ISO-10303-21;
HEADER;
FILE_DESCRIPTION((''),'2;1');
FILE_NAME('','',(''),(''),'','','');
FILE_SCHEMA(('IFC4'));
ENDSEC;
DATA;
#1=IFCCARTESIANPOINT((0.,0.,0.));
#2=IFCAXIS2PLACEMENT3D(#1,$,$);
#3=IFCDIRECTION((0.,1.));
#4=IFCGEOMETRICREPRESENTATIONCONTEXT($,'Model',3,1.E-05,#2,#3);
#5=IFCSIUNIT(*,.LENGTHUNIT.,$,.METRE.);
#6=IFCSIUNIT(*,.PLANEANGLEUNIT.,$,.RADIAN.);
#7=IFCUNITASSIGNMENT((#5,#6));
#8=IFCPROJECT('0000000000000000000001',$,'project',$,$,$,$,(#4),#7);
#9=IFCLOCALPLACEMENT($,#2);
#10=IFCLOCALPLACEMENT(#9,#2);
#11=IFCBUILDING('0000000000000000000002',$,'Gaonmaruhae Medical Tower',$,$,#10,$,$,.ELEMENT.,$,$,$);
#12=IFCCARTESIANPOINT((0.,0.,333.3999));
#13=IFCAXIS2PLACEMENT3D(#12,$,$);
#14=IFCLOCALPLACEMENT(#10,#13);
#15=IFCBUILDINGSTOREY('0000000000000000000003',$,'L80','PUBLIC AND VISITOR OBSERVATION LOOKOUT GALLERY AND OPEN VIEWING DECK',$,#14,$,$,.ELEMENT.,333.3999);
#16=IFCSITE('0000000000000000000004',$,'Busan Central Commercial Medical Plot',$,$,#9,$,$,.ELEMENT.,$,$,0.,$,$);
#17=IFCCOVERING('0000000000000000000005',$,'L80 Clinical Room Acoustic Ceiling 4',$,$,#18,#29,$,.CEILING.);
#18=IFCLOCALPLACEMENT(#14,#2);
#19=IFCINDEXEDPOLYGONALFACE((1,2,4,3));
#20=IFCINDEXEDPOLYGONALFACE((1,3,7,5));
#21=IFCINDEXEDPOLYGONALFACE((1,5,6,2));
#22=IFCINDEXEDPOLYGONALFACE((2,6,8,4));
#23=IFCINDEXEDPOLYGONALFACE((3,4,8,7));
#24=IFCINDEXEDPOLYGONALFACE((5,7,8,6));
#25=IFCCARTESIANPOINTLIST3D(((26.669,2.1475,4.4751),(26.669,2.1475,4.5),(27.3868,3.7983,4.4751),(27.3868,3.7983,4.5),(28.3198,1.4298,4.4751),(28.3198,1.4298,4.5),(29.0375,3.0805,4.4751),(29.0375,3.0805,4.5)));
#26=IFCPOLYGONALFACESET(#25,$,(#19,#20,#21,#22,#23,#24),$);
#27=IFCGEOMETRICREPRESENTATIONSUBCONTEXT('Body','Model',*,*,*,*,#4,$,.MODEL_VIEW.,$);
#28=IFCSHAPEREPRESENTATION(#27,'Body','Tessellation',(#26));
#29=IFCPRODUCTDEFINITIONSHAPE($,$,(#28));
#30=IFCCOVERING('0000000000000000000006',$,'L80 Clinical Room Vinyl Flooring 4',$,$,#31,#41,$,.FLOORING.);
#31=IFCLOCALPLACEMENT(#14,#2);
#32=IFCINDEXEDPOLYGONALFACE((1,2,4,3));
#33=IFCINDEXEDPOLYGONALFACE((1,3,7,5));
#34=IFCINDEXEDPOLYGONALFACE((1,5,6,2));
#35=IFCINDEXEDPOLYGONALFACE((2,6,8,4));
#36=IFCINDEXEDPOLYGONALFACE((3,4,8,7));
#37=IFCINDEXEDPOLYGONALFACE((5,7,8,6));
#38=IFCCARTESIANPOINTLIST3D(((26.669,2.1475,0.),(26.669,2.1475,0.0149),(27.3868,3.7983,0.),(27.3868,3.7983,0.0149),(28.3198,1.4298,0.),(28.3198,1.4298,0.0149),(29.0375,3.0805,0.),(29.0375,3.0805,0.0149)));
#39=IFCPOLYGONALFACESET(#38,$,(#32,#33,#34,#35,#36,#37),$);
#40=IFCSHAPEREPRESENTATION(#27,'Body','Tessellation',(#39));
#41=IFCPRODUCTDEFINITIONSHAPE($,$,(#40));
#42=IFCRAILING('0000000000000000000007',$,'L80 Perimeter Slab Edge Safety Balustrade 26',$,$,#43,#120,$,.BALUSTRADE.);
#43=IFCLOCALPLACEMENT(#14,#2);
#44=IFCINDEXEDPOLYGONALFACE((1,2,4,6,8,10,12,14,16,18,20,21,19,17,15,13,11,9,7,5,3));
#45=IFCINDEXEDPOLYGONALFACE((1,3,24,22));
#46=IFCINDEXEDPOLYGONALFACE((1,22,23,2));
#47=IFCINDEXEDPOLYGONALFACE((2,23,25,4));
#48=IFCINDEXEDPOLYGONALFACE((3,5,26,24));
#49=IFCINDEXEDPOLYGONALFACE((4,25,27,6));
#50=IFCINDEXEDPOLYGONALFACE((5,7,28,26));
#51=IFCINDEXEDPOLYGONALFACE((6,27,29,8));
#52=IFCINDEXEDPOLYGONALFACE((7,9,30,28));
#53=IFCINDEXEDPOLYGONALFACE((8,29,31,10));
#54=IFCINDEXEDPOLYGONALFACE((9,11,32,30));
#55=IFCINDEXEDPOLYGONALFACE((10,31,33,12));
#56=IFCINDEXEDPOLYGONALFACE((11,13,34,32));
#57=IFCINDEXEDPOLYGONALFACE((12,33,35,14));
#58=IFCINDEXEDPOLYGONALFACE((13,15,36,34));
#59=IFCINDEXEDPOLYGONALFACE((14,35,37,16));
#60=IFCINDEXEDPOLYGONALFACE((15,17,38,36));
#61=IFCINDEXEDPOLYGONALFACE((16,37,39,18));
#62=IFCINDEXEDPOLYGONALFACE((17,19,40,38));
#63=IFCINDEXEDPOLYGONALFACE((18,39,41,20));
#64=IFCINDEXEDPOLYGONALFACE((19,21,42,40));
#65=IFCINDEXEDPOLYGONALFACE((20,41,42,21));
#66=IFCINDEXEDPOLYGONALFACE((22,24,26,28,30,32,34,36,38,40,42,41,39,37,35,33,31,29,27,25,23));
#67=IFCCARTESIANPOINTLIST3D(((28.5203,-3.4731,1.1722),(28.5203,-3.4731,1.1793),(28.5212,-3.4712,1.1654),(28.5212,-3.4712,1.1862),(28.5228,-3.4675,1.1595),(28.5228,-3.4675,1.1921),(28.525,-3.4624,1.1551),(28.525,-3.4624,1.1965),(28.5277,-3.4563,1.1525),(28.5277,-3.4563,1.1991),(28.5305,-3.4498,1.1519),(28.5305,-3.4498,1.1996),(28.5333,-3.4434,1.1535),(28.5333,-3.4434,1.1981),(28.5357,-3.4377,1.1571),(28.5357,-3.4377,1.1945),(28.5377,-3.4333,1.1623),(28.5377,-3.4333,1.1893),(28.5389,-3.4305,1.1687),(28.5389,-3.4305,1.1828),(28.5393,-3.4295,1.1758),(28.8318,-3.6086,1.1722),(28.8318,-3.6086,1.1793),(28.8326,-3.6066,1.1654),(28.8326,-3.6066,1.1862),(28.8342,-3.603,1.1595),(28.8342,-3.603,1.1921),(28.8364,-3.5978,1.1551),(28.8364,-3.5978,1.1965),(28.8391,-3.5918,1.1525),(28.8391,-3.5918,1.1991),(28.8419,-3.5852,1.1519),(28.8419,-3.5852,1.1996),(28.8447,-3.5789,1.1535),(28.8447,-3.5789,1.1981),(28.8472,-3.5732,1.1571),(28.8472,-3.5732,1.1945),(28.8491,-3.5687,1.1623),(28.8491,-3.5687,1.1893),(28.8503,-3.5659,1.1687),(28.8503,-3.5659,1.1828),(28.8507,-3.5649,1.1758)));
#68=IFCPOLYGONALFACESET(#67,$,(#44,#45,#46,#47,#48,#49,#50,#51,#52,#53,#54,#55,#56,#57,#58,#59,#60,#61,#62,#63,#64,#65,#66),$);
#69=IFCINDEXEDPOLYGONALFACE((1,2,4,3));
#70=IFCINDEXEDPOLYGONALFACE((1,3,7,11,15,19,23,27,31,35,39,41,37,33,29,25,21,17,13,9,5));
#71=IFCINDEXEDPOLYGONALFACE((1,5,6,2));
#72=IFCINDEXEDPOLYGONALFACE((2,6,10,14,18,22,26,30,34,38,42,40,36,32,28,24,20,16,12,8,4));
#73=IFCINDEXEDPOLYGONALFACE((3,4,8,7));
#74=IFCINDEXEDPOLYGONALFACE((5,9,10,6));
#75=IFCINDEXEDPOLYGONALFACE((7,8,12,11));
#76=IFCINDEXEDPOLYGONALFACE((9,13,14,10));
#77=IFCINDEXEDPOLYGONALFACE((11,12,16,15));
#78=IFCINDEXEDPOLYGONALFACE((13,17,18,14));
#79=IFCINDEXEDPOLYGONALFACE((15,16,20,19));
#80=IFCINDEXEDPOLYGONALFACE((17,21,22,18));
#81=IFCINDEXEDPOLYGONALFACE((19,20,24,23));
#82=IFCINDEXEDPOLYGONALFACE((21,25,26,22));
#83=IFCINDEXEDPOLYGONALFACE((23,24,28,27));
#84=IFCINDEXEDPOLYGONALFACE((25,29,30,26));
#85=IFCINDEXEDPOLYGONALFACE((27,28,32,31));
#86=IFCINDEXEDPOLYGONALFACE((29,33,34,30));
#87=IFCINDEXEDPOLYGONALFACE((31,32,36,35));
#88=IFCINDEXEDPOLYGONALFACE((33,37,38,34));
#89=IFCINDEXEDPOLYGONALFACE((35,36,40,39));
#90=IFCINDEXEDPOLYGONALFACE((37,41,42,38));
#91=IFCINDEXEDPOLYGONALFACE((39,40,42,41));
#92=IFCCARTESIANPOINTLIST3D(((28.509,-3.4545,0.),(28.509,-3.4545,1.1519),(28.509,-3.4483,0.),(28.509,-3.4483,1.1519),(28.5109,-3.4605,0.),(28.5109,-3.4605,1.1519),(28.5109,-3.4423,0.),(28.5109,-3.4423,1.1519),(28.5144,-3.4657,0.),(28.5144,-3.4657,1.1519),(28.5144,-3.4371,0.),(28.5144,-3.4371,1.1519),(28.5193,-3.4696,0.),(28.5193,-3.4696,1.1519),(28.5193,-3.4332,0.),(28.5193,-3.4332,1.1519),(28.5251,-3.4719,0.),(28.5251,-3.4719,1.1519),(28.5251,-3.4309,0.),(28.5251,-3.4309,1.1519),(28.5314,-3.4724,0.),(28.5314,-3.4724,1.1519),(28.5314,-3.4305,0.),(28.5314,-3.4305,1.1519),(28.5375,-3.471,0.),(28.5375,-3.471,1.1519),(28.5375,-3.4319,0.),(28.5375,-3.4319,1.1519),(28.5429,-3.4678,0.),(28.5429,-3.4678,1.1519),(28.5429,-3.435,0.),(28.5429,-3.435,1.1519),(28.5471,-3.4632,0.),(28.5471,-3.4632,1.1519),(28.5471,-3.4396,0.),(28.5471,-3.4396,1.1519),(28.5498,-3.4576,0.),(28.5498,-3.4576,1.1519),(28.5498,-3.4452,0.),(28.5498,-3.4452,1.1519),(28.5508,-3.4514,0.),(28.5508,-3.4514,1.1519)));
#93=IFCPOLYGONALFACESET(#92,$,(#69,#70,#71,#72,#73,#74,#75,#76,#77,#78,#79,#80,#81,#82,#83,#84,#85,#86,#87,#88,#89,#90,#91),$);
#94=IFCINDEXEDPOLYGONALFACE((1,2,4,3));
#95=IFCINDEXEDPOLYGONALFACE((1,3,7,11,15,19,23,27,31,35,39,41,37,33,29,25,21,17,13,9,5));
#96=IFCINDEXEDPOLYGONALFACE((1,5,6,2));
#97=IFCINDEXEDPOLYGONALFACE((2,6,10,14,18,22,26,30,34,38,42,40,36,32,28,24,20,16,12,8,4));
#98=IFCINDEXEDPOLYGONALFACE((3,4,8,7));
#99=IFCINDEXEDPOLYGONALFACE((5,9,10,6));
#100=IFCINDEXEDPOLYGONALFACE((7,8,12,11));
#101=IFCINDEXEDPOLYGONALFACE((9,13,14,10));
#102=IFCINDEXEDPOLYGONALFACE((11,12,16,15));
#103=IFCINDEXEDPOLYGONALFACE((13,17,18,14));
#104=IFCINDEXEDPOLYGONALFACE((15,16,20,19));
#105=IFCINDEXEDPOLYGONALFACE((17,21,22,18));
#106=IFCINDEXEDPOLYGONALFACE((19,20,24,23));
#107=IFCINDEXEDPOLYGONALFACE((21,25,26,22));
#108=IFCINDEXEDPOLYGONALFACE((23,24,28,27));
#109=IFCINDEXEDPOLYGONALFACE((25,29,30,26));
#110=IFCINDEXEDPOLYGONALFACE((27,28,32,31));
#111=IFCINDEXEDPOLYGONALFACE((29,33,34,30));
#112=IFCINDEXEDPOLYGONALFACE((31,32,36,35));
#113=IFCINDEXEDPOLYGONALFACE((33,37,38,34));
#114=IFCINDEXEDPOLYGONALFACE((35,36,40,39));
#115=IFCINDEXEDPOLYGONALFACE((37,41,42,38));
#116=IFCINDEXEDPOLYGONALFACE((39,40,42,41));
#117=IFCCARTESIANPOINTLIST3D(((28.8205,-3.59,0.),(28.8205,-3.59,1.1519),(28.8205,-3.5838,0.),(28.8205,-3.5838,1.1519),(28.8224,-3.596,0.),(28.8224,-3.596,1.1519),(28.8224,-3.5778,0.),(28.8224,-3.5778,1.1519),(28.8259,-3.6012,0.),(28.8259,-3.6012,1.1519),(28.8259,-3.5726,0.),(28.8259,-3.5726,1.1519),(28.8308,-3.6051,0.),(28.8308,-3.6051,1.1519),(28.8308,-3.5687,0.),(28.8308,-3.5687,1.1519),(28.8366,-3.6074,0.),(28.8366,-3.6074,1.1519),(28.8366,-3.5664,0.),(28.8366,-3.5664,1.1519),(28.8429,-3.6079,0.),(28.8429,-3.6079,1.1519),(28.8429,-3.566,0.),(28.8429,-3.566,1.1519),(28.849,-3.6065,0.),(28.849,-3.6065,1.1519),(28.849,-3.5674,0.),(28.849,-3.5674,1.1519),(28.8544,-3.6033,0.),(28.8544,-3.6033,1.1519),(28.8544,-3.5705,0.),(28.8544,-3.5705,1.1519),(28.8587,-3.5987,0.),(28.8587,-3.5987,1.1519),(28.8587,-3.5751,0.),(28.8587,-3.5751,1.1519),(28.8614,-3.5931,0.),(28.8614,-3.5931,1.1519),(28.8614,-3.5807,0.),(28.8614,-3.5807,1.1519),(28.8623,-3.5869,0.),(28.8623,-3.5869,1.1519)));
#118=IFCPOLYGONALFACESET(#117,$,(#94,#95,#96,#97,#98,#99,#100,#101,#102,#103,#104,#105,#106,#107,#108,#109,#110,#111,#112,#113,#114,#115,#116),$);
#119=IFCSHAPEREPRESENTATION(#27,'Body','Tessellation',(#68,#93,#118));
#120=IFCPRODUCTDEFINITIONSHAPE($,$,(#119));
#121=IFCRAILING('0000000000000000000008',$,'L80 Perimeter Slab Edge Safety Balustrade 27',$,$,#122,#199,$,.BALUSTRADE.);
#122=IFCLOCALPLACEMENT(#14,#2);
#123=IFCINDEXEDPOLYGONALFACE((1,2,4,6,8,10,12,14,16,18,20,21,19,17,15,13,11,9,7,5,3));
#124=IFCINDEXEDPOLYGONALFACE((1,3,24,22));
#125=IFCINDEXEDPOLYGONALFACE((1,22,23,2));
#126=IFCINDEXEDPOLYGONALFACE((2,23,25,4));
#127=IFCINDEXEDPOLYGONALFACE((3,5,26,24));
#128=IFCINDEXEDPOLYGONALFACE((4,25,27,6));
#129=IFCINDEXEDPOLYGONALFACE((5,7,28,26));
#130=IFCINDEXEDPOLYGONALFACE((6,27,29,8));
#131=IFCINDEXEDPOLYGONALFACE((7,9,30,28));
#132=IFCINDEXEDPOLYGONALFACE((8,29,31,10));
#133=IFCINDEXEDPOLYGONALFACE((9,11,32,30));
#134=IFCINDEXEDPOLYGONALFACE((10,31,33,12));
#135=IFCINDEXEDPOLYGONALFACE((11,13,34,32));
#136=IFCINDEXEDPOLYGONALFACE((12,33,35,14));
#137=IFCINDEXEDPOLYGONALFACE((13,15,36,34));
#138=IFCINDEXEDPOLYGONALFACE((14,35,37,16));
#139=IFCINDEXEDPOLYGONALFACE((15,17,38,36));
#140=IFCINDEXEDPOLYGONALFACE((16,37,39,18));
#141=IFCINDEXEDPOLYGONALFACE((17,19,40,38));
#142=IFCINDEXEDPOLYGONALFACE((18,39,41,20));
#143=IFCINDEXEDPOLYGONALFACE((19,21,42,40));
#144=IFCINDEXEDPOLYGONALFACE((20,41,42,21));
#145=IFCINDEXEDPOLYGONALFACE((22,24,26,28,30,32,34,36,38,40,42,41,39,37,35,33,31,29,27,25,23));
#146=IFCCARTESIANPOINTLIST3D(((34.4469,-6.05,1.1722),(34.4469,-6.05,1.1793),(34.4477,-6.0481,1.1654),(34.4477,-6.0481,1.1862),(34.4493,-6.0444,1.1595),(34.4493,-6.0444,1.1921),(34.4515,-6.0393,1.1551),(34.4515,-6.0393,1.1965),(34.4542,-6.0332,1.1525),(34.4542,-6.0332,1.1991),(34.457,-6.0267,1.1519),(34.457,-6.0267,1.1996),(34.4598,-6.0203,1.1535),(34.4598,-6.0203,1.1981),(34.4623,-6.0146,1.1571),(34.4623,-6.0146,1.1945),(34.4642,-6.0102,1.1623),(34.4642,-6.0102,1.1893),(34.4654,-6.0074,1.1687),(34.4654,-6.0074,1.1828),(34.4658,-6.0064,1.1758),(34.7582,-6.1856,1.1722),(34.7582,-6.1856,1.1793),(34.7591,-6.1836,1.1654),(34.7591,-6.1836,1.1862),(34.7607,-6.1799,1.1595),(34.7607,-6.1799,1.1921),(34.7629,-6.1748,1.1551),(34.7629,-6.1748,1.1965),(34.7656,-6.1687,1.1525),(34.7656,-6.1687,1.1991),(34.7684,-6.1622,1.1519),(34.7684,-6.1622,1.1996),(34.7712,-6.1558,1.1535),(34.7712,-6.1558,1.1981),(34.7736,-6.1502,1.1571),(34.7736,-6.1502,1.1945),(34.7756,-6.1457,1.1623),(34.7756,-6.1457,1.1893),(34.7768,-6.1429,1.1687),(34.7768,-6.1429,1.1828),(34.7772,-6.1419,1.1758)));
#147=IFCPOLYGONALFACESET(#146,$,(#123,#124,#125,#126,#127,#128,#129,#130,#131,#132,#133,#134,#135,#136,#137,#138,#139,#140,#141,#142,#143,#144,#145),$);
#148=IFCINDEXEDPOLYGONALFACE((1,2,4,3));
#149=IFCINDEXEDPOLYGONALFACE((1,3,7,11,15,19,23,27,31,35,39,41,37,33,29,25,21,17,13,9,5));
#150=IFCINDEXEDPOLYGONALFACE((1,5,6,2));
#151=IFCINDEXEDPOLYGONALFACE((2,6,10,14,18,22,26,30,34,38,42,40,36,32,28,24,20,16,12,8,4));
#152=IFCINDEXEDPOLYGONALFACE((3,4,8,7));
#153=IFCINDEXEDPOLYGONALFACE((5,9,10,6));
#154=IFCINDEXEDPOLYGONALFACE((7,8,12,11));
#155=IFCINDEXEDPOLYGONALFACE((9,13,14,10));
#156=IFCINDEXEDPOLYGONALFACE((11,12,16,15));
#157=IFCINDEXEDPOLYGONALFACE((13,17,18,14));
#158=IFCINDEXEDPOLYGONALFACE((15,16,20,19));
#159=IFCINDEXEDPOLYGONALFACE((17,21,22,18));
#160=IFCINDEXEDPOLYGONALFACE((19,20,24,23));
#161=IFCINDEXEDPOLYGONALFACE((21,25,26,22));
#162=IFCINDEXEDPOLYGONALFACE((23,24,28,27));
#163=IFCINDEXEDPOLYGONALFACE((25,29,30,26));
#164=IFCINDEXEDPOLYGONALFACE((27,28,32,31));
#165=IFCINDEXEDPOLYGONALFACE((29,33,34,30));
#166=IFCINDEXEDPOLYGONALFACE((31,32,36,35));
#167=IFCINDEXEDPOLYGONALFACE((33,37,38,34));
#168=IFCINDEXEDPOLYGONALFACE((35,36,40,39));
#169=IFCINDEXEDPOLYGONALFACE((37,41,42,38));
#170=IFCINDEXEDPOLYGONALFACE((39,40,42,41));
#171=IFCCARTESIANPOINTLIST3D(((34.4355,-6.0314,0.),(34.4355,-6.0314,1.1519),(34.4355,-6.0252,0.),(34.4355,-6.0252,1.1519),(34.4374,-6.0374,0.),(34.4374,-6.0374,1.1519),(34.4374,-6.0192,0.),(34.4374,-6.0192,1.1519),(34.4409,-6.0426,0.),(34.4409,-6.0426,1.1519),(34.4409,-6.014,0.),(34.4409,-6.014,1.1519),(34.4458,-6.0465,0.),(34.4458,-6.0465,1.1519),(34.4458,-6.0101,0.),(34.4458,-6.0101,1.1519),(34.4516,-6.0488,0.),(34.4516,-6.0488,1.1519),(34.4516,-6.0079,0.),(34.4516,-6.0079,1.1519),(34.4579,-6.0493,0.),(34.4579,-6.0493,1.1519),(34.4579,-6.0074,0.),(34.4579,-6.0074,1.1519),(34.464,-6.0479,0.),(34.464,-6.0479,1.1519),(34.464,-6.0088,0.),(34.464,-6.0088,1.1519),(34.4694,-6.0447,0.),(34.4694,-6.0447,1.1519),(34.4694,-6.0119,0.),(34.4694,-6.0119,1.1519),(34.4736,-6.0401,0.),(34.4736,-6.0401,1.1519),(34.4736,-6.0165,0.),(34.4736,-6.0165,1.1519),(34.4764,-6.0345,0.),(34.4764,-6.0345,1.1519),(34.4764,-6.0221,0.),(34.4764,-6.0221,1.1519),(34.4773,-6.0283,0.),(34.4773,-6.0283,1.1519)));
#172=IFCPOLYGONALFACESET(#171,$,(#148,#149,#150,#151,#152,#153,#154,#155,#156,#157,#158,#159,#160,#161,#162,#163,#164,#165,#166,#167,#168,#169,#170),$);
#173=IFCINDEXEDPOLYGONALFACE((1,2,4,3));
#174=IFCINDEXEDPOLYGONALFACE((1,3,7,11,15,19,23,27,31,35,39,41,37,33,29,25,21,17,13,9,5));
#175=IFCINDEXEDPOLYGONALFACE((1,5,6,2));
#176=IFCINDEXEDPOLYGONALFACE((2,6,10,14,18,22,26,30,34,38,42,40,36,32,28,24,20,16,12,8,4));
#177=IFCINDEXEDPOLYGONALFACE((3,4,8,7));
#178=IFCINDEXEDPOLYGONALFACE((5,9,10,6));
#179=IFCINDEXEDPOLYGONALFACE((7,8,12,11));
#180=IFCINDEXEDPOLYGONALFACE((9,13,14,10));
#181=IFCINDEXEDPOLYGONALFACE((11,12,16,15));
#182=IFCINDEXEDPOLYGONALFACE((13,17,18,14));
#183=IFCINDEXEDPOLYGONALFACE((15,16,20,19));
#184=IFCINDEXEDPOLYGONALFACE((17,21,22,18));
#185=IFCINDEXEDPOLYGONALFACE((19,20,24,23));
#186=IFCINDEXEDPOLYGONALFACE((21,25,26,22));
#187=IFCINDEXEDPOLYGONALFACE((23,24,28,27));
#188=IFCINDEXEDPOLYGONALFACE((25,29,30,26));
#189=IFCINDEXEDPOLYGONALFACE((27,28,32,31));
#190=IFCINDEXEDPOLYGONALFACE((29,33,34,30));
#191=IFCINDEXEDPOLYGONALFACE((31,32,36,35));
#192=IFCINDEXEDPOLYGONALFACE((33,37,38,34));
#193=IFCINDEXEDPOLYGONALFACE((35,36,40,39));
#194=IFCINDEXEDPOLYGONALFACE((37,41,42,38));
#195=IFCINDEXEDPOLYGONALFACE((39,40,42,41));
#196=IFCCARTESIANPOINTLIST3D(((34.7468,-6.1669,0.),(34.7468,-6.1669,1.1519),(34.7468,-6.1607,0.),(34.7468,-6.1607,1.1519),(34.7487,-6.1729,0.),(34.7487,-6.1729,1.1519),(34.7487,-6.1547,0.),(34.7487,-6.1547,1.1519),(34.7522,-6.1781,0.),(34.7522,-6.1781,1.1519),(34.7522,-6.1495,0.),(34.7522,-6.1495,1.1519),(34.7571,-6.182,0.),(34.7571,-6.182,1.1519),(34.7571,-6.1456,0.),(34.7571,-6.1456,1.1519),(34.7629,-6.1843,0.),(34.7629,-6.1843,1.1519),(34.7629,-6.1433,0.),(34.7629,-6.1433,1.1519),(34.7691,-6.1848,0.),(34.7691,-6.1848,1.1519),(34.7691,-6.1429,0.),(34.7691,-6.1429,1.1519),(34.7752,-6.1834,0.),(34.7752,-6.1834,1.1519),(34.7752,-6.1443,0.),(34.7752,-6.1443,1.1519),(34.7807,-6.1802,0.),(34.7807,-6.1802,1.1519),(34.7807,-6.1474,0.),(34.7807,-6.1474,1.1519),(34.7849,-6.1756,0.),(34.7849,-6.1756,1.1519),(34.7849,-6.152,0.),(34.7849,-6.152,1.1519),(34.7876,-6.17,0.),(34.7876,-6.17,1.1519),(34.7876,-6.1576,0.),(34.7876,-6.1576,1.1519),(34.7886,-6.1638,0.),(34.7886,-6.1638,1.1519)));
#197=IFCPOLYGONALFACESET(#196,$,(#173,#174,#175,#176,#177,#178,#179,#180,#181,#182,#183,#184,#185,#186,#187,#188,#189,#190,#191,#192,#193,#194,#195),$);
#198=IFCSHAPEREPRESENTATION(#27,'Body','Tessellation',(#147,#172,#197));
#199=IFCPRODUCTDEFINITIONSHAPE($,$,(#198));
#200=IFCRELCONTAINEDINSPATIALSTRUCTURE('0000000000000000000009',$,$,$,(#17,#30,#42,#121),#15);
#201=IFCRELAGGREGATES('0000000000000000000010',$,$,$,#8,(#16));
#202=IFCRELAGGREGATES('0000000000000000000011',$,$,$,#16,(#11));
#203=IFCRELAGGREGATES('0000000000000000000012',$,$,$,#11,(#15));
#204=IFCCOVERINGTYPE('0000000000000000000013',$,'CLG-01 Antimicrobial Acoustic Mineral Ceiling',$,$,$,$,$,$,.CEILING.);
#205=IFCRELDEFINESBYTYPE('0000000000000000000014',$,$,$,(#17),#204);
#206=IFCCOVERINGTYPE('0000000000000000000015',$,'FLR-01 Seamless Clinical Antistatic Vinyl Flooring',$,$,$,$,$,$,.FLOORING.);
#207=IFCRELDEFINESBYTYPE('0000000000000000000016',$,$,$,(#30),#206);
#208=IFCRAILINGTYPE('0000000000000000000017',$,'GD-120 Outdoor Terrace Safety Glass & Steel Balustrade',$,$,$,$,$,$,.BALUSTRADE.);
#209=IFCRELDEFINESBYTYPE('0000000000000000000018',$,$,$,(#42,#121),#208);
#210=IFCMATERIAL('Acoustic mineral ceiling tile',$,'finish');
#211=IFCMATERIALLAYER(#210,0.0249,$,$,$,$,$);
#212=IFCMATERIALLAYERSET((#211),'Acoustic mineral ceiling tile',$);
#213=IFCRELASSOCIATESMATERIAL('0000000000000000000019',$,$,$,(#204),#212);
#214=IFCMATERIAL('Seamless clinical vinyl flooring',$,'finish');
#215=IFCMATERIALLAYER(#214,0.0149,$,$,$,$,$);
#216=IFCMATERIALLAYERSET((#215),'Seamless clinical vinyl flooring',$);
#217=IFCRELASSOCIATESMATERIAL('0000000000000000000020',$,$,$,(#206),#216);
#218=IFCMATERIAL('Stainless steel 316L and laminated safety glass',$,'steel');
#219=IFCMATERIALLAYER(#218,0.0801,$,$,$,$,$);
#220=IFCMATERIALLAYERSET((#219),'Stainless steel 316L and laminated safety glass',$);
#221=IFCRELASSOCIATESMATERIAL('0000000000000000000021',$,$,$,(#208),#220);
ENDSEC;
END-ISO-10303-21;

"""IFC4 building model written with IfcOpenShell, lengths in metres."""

from ifc_helpers import new_model, si_unit, direction, frame, origin, origin_2d, place, context, subcontext, project, spatial, rectangle, circle, extrude, material, layer, layer_set, type_object, element, save


model = new_model("IFC4")

# Units and contexts
model_context = context("Model", 3, precision=1e-05, world=origin(), true_north=direction((0.0, 1.0)))
body_context = subcontext(model_context, "Body", "Model", "MODEL_VIEW")
ifc_project = project(units=[si_unit("LENGTHUNIT", "METRE"), si_unit("PLANEANGLEUNIT", "RADIAN")], contexts=[model_context])

# Site, building, storey
site_placement = place(None, origin())
site = spatial("IfcSite", under=ifc_project, at=site_placement, Name="Busan Central Commercial Medical Plot", CompositionType="ELEMENT", RefElevation=0.0)
building_placement = place(site_placement, origin())
building = spatial("IfcBuilding", under=site, at=building_placement, Name="Gaonmaruhae Medical Tower", CompositionType="ELEMENT")
storey_placement = place(building_placement, frame((0.0, 0.0, 333.3999)))
storey = spatial("IfcBuildingStorey", under=building, at=storey_placement, Name="L80", Description="PUBLIC AND VISITOR OBSERVATION LOOKOUT GALLERY AND OPEN VIEWING DECK", CompositionType="ELEMENT", Elevation=333.3999)

# Coverings
ifc_material_1 = material(Name="Acoustic mineral ceiling tile", Category="finish")
ifc_layer_1 = layer(ifc_material_1, 0.0249)
ifc_layer_set_1 = layer_set([ifc_layer_1], Name="Acoustic mineral ceiling tile")
covering_type_1 = type_object("IfcCoveringType", Name="CLG-01 Antimicrobial Acoustic Mineral Ceiling", PredefinedType="CEILING", material=ifc_layer_set_1)
covering_1_placement = place(storey_placement, frame((27.8533, 2.614, 4.4751), z_axis=(0.0, 0.0, 1.0), x_axis=(0.398749, 0.91706, 0.0)))
element("IfcCovering", 1, at=covering_1_placement, inside=storey, type_object=covering_type_1, Name="L80 Clinical Room Acoustic Ceiling 4", PredefinedType="CEILING", context=body_context, shape_type="SweptSolid", body=[
    extrude(rectangle(XDim=1.8, YDim=1.8, at=origin_2d()), origin(), (0.0, 0.0, 1.0), 0.0249),
])
ifc_material_2 = material(Name="Seamless clinical vinyl flooring", Category="finish")
ifc_layer_2 = layer(ifc_material_2, 0.0149)
ifc_layer_set_2 = layer_set([ifc_layer_2], Name="Seamless clinical vinyl flooring")
covering_type_2 = type_object("IfcCoveringType", Name="FLR-01 Seamless Clinical Antistatic Vinyl Flooring", PredefinedType="FLOORING", material=ifc_layer_set_2)
covering_2_placement = place(storey_placement, frame((27.8533, 2.614, 0.0), z_axis=(0.0, 0.0, 1.0), x_axis=(0.398749, 0.91706, 0.0)))
element("IfcCovering", 2, at=covering_2_placement, inside=storey, type_object=covering_type_2, Name="L80 Clinical Room Vinyl Flooring 4", PredefinedType="FLOORING", context=body_context, shape_type="SweptSolid", body=[
    extrude(rectangle(XDim=1.8, YDim=1.8, at=origin_2d()), origin(), (0.0, 0.0, 1.0), 0.0149),
])

# Railings
ifc_material_3 = material(Name="Stainless steel 316L and laminated safety glass", Category="steel")
ifc_layer_3 = layer(ifc_material_3, 0.0801)
ifc_layer_set_3 = layer_set([ifc_layer_3], Name="Stainless steel 316L and laminated safety glass")
railing_type = type_object("IfcRailingType", Name="GD-120 Outdoor Terrace Safety Glass & Steel Balustrade", PredefinedType="BALUSTRADE", material=ifc_layer_set_3)
railing_1_placement = place(storey_placement, frame((28.5298, -3.4514, 0.0)))
element("IfcRailing", 3, at=railing_1_placement, inside=storey, type_object=railing_type, Name="L80 Perimeter Slab Edge Safety Balustrade 26", PredefinedType="BALUSTRADE", context=body_context, shape_type="SweptSolid", body=[
    extrude(circle(Radius=0.0239, at=origin_2d()), frame((0.0, 0.0, 1.1758), z_axis=(0.917013, -0.398858, 0.0), x_axis=(0.398858, 0.917013, 0.0)), (0.0, 0.0, 1.0), 0.3396),
    extrude(circle(Radius=0.021, at=origin_2d()), origin(), (0.0, 0.0, 1.0), 1.1519),
    extrude(circle(Radius=0.021, at=origin_2d()), frame((0.3115, -0.1355, 0.0)), (0.0, 0.0, 1.0), 1.1519),
])
railing_2_placement = place(storey_placement, frame((34.4563, -6.0283, 0.0)))
element("IfcRailing", 4, at=railing_2_placement, inside=storey, type_object=railing_type, Name="L80 Perimeter Slab Edge Safety Balustrade 27", PredefinedType="BALUSTRADE", context=body_context, shape_type="SweptSolid", body=[
    extrude(circle(Radius=0.0239, at=origin_2d()), frame((0.0, 0.0, 1.1758), z_axis=(0.916898, -0.399121, 0.0), x_axis=(0.399121, 0.916898, 0.0)), (0.0, 0.0, 1.0), 0.3396),
    extrude(circle(Radius=0.021, at=origin_2d()), origin(), (0.0, 0.0, 1.0), 1.1519),
    extrude(circle(Radius=0.021, at=origin_2d()), frame((0.3113, -0.1355, 0.0)), (0.0, 0.0, 1.0), 1.1519),
])

save(model, "model.ifc")
